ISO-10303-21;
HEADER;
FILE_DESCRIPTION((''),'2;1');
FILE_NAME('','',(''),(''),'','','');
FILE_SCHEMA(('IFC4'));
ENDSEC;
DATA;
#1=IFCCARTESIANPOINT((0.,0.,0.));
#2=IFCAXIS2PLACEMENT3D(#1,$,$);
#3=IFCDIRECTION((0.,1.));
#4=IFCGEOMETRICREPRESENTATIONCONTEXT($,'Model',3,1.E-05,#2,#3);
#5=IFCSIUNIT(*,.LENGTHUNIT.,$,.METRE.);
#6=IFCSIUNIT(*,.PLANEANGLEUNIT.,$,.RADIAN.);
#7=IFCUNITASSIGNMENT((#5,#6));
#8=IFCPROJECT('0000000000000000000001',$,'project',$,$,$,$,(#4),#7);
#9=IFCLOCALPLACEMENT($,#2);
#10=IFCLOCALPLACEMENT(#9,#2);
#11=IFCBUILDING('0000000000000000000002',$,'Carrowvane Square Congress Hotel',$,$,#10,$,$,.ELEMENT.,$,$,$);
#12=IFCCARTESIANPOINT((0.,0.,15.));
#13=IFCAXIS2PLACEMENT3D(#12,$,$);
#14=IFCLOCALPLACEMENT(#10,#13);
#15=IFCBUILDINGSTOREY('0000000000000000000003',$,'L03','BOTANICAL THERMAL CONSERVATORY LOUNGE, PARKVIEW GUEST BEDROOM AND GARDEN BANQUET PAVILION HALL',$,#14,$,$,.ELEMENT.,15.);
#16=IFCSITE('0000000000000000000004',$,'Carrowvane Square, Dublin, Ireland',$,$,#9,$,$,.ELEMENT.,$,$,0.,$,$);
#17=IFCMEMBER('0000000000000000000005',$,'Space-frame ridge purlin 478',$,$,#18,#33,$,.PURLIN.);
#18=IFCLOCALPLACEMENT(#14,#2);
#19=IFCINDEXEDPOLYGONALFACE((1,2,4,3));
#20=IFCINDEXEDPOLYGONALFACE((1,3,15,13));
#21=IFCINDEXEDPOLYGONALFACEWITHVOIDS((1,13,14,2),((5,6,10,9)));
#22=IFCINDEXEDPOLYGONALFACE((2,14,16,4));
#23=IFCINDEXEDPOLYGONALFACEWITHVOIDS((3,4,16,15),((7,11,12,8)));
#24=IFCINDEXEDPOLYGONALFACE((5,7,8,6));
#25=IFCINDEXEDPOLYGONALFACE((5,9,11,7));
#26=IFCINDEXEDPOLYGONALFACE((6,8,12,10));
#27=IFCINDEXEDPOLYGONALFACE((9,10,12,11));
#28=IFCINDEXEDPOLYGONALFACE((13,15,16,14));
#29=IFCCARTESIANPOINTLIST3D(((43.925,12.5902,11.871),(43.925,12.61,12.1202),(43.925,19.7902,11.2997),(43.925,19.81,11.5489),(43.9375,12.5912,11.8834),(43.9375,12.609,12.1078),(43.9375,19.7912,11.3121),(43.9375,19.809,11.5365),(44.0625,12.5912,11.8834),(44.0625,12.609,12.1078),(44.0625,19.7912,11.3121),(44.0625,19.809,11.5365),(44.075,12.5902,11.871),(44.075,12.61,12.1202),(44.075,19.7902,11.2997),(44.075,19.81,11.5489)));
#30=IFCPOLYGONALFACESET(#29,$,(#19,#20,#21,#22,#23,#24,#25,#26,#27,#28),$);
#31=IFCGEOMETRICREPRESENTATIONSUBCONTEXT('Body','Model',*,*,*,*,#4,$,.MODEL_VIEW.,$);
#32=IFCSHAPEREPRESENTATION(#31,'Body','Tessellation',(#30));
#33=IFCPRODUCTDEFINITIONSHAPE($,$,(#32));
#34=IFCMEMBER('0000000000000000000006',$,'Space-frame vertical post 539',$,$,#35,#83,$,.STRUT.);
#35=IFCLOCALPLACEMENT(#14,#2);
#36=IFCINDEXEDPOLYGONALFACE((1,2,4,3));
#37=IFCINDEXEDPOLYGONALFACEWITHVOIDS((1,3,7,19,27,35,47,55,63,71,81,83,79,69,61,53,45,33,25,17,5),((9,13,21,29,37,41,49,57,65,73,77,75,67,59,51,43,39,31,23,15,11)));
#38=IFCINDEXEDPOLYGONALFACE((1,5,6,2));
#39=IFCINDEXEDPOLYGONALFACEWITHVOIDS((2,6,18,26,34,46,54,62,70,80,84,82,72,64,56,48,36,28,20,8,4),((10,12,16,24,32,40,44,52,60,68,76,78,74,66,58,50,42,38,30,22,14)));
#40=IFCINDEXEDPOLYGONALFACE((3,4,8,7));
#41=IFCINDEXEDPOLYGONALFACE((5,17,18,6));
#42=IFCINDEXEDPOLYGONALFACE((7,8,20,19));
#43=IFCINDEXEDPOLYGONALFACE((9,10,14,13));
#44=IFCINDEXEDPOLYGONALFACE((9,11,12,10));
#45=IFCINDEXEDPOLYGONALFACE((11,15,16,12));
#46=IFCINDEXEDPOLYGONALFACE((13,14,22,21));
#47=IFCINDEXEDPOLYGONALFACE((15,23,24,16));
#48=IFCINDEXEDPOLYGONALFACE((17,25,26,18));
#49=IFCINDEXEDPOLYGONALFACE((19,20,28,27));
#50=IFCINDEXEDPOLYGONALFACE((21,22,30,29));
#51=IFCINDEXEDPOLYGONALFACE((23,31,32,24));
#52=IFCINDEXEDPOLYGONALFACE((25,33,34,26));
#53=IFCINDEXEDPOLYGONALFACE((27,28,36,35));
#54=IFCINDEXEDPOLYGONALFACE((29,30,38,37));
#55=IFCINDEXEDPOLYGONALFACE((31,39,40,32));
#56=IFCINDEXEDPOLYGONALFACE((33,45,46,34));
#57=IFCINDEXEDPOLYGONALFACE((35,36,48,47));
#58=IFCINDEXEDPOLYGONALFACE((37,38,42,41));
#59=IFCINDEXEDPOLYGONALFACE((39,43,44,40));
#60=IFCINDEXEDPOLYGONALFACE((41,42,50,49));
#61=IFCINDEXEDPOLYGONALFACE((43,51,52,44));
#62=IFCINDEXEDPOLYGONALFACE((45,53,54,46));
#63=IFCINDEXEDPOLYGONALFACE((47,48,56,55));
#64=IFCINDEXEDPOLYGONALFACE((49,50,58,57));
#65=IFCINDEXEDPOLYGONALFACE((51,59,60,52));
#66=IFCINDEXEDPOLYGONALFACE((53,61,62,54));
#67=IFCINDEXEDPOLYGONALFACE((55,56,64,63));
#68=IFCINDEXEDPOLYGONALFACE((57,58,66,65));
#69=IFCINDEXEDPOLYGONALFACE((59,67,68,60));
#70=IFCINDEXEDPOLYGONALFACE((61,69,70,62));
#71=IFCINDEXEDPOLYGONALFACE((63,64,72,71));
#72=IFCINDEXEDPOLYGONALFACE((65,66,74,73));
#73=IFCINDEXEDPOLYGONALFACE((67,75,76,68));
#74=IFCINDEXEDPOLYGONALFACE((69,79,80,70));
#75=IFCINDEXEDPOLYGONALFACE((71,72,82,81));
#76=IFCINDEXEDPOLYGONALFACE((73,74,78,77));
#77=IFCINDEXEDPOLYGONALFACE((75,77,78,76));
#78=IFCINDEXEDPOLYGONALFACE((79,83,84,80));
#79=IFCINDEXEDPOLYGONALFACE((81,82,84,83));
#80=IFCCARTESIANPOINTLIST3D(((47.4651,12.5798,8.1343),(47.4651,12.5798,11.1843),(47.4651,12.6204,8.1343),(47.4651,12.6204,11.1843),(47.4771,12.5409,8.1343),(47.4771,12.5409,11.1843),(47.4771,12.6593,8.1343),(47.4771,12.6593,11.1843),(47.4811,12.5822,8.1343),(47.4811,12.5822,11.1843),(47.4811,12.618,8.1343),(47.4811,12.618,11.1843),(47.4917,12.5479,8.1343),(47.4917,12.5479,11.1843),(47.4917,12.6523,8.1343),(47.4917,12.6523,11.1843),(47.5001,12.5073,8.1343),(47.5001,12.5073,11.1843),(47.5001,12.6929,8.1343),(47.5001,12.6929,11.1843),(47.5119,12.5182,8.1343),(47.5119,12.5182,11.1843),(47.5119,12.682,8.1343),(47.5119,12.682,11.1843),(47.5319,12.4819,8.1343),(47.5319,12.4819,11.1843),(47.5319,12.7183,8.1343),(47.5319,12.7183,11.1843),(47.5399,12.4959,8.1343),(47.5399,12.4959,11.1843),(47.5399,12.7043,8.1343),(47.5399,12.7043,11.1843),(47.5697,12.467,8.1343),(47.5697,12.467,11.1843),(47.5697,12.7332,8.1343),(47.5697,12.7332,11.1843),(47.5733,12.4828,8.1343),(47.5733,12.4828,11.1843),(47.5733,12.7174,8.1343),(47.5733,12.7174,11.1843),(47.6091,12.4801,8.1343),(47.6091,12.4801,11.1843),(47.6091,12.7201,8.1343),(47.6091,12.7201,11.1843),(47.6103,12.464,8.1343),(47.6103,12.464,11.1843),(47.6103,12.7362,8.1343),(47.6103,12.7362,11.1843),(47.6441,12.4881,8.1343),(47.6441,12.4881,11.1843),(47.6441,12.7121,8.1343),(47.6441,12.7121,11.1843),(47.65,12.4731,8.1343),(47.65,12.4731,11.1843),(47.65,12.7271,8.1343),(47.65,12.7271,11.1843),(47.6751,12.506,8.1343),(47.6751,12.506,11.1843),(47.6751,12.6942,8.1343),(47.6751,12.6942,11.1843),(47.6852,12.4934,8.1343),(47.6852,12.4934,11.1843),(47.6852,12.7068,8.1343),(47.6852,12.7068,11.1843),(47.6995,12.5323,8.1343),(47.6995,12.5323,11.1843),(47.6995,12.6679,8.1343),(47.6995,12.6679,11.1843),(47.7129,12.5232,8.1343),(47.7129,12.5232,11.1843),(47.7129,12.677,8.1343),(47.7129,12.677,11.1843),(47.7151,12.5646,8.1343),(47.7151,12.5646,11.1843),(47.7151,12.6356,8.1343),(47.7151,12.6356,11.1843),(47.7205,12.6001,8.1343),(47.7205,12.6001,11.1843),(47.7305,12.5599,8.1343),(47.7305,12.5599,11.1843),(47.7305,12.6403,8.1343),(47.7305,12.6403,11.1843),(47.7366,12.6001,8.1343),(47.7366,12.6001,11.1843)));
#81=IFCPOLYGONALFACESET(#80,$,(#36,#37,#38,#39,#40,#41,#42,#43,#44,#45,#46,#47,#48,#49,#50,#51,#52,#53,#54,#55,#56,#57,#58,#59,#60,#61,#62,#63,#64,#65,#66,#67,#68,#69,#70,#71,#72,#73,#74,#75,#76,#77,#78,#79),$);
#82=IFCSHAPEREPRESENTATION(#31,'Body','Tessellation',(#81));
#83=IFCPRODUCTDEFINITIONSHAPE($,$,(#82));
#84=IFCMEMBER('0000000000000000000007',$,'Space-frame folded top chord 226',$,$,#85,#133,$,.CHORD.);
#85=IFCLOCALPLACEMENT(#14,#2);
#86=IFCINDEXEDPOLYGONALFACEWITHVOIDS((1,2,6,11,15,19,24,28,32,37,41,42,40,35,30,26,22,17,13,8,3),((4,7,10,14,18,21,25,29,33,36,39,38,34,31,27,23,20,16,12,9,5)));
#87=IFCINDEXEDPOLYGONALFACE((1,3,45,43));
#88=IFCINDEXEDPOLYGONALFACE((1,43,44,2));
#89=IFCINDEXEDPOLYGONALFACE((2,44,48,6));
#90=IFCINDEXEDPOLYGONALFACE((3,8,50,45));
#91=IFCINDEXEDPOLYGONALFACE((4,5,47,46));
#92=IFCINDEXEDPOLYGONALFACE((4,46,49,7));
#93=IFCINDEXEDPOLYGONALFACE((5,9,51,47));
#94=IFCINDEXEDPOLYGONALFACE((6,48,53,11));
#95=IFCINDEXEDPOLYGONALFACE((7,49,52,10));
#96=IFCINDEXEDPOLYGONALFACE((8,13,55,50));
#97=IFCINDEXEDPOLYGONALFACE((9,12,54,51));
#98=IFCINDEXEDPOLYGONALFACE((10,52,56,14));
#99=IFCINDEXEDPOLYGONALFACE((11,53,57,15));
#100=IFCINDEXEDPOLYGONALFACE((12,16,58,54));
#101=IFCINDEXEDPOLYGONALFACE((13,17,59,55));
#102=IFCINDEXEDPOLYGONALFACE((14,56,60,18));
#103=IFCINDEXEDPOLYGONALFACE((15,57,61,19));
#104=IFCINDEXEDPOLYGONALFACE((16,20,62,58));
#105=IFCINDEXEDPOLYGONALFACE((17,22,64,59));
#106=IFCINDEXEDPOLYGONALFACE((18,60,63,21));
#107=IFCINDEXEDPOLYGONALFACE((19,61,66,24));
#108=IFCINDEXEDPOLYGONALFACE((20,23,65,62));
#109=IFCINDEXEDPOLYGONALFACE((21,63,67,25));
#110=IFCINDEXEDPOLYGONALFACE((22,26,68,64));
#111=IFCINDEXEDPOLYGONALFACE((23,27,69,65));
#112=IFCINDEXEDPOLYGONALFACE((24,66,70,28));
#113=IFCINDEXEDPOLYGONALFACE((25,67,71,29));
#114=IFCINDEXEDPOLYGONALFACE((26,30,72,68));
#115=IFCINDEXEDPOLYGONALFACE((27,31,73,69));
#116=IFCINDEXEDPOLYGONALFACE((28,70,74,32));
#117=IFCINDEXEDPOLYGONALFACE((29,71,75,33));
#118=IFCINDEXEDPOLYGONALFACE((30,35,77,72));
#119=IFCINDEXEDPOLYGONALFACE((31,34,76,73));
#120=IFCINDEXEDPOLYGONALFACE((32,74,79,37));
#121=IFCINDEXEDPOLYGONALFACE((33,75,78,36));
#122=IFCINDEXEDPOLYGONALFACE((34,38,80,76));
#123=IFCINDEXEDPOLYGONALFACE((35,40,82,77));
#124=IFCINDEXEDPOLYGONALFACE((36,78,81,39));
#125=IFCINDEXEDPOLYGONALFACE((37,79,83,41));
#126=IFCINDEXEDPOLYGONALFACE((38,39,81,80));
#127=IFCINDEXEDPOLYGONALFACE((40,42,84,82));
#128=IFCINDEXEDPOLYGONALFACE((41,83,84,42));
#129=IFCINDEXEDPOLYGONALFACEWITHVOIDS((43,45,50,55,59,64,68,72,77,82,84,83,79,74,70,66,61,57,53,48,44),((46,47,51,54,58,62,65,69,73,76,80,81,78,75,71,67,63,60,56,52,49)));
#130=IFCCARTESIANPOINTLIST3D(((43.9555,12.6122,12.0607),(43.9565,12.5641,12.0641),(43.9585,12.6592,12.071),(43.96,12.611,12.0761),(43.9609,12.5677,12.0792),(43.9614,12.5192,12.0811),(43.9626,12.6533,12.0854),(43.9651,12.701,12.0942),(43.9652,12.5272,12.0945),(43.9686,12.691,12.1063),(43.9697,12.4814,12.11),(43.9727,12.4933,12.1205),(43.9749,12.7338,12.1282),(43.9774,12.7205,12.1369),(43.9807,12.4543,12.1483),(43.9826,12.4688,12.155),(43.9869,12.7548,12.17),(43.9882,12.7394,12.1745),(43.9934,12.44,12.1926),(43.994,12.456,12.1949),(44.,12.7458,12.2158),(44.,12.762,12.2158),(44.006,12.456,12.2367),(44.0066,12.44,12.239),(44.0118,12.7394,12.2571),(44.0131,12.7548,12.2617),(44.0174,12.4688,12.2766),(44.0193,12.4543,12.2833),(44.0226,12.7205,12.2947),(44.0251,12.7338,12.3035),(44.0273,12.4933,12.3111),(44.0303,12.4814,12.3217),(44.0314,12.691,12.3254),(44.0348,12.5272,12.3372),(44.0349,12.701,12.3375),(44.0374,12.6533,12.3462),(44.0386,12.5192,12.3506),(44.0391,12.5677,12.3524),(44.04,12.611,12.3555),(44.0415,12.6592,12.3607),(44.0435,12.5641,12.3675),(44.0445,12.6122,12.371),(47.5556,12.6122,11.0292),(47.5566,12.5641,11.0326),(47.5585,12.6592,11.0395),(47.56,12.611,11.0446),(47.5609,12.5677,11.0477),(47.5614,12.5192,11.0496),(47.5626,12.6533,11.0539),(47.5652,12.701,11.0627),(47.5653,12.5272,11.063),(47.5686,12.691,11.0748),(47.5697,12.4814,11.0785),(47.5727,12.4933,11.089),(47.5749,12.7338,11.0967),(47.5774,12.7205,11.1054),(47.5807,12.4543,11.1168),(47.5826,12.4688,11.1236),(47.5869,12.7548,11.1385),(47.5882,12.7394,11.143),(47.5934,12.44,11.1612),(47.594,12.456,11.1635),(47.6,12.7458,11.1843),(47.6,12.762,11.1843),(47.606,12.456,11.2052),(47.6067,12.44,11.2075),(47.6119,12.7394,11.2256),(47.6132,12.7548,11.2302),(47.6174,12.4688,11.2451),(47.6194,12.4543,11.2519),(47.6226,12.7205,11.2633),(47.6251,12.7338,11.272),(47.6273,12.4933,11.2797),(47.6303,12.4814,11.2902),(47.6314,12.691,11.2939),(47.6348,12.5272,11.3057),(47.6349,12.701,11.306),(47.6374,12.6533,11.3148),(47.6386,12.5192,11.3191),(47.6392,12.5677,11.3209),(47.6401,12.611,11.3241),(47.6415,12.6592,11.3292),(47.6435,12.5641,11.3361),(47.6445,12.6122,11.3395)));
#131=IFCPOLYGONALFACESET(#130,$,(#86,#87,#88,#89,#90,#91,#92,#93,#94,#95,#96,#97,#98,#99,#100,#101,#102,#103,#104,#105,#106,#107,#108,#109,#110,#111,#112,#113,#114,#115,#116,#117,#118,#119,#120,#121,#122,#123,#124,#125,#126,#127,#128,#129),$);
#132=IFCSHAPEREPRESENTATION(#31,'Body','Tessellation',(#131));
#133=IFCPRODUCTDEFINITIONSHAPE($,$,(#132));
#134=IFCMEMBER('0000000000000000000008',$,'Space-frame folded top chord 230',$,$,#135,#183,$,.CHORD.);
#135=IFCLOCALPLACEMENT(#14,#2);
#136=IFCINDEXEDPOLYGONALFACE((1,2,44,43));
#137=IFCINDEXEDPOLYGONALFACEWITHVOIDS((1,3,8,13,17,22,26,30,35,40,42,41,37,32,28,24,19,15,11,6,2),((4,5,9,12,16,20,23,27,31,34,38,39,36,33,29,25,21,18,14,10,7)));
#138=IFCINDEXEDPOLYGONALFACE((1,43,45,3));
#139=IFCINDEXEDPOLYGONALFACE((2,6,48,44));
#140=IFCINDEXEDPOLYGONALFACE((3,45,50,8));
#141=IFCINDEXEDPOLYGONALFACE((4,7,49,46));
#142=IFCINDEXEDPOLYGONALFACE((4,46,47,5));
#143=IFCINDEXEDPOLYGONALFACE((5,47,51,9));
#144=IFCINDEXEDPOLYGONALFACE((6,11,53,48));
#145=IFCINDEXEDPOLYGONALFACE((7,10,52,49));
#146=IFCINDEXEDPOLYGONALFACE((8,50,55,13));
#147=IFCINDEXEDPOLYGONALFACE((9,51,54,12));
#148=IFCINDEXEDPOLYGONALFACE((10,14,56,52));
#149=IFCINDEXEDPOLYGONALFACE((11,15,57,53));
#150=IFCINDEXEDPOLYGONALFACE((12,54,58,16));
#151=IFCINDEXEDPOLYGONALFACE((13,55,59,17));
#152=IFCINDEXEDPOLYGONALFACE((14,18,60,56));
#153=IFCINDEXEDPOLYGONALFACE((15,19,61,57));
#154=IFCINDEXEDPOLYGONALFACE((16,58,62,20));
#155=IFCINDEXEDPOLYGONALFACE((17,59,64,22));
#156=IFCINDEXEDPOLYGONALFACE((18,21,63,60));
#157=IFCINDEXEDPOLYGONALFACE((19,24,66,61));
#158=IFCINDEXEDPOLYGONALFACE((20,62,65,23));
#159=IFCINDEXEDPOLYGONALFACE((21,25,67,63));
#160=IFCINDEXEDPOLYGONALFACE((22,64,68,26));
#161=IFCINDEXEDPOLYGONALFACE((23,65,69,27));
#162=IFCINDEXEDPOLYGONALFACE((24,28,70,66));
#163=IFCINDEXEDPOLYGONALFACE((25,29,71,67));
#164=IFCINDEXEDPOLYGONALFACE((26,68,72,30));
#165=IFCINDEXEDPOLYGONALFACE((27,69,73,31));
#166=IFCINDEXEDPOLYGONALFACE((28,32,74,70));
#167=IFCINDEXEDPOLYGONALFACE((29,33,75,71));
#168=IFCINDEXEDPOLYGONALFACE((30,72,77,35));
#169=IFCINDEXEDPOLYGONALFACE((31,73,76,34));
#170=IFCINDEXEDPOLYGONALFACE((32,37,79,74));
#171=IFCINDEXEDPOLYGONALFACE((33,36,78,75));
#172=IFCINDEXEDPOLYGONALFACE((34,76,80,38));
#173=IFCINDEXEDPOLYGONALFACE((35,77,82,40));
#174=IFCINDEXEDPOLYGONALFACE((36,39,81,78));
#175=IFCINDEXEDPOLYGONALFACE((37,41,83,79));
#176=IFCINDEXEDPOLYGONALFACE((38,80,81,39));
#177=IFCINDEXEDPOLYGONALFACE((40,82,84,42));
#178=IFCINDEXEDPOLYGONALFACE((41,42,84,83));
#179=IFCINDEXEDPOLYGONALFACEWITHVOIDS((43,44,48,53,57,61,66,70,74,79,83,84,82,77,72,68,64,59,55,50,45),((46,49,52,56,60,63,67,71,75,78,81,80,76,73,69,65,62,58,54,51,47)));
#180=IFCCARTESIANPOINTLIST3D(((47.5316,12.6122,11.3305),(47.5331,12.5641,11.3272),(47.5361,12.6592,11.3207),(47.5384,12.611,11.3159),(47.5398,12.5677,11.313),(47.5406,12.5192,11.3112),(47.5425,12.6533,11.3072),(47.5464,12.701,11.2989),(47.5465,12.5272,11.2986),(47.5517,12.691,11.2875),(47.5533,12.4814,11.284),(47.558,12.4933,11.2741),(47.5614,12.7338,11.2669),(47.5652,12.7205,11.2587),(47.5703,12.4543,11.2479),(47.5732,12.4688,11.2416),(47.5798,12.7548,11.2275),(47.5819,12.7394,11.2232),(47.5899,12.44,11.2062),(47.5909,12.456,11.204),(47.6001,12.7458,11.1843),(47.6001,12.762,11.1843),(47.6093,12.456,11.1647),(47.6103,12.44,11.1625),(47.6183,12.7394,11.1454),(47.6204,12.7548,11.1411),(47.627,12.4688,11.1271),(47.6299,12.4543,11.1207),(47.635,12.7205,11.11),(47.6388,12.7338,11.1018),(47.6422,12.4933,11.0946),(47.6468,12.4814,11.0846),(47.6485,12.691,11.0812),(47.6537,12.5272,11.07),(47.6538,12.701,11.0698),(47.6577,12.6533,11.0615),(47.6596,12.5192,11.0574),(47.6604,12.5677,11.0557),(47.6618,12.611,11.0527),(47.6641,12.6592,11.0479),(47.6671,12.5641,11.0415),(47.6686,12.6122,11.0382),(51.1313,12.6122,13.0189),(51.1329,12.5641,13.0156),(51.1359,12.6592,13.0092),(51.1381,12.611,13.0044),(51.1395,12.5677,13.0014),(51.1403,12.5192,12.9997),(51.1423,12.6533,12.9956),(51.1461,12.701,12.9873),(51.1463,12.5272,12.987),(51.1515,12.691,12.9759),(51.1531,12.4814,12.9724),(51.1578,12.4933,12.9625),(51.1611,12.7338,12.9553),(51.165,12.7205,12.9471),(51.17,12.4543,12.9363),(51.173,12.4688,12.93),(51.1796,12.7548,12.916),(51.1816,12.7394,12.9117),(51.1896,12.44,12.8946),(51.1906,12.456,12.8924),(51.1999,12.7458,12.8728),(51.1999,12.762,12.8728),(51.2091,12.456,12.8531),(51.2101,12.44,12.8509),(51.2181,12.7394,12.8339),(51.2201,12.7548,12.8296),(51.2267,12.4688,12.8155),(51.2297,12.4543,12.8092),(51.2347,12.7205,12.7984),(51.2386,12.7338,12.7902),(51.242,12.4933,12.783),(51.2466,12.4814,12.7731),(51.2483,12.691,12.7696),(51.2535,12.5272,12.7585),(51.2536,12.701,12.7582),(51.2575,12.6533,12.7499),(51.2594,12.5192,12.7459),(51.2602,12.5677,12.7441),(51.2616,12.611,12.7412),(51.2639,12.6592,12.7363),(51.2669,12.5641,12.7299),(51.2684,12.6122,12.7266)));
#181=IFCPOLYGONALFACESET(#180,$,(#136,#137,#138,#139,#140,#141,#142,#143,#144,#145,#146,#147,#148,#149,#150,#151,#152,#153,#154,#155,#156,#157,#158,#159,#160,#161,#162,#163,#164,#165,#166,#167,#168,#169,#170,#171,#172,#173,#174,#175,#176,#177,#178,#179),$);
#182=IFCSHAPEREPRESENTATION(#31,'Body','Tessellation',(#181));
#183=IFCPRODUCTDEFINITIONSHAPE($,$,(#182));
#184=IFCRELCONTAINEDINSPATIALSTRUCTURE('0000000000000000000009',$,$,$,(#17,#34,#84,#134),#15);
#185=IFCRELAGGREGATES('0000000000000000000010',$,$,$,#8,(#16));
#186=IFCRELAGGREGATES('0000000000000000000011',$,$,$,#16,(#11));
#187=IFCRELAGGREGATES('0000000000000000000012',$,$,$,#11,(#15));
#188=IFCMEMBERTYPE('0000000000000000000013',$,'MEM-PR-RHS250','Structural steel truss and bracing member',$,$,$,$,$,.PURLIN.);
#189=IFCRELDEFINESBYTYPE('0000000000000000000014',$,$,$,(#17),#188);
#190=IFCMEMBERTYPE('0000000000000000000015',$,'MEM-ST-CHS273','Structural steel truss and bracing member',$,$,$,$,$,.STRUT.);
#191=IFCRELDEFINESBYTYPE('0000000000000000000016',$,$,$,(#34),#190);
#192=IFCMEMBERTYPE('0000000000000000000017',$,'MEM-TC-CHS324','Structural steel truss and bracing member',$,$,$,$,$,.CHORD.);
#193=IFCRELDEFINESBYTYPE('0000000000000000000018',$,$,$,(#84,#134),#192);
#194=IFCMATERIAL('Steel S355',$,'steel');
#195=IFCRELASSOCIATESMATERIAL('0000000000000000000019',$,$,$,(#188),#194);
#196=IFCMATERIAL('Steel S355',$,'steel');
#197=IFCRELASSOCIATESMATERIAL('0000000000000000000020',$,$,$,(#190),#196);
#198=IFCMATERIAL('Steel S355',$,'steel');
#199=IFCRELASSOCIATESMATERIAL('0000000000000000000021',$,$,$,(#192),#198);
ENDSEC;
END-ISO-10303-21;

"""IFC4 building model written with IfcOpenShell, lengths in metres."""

from ifc_helpers import new_model, si_unit, direction, frame, origin, origin_2d, place, context, subcontext, project, spatial, hollow_rectangle, hollow_circle, extrude, material, material_profile, profile_set, type_object, element, save


model = new_model("IFC4")

# Units and contexts
model_context = context("Model", 3, precision=1e-05, world=origin(), true_north=direction((0.0, 1.0)))
body_context = subcontext(model_context, "Body", "Model", "MODEL_VIEW")
ifc_project = project(units=[si_unit("LENGTHUNIT", "METRE"), si_unit("PLANEANGLEUNIT", "RADIAN")], contexts=[model_context])

# Site, building, storey
site_placement = place(None, origin())
site = spatial("IfcSite", under=ifc_project, at=site_placement, Name="Carrowvane Square, Dublin, Ireland", CompositionType="ELEMENT", RefElevation=0.0)
building_placement = place(site_placement, origin())
building = spatial("IfcBuilding", under=site, at=building_placement, Name="Carrowvane Square Congress Hotel", CompositionType="ELEMENT")
storey_placement = place(building_placement, frame((0.0, 0.0, 15.0)))
storey = spatial("IfcBuildingStorey", under=building, at=storey_placement, Name="L03", Description="BOTANICAL THERMAL CONSERVATORY LOUNGE, PARKVIEW GUEST BEDROOM AND GARDEN BANQUET PAVILION HALL", CompositionType="ELEMENT", Elevation=15.0)

# Members
ifc_material_1 = material(Name="Steel S355", Category="steel")
ifc_material_profile_1 = material_profile(ifc_material_1, hollow_rectangle(XDim=0.1499, YDim=0.25, WallThickness=0.0125, at=origin_2d()), Name="RHS 250x150x12.5")
ifc_profile_set_1 = profile_set([ifc_material_profile_1], Name="Steel S355")
member_type_1 = type_object("IfcMemberType", Name="MEM-PR-RHS250", Description="Structural steel truss and bracing member", PredefinedType="PURLIN", material=ifc_profile_set_1)
member_1_placement = place(storey_placement, frame((44.0, 12.6001, 11.9956), z_axis=(0.0, 0.996867, -0.079098), x_axis=(-1.0, 0.0, 0.0)))
element("IfcMember", 1, at=member_1_placement, inside=storey, type_object=member_type_1, Name="Space-frame ridge purlin 478", PredefinedType="PURLIN", context=body_context, shape_type="SweptSolid", body=[
    extrude(hollow_rectangle(XDim=0.1499, YDim=0.25, WallThickness=0.0125, at=origin_2d()), origin(), (0.0, 0.0, 1.0), 7.2227),
])
ifc_material_2 = material(Name="Steel S355", Category="steel")
ifc_material_profile_2 = material_profile(ifc_material_2, hollow_circle(Radius=0.1365, WallThickness=0.0161, at=origin_2d()), Name="CHS 273.0x16")
ifc_profile_set_2 = profile_set([ifc_material_profile_2], Name="Steel S355")
member_type_2 = type_object("IfcMemberType", Name="MEM-ST-CHS273", Description="Structural steel truss and bracing member", PredefinedType="STRUT", material=ifc_profile_set_2)
member_2_placement = place(storey_placement, frame((47.6001, 12.6001, 8.1343), z_axis=(0.0, 0.0, 1.0), x_axis=(1.0, 0.0, 0.0)))
element("IfcMember", 2, at=member_2_placement, inside=storey, type_object=member_type_2, Name="Space-frame vertical post 539", PredefinedType="STRUT", context=body_context, shape_type="SweptSolid", body=[
    extrude(hollow_circle(Radius=0.1365, WallThickness=0.0161, at=origin_2d()), origin(), (0.0, 0.0, 1.0), 3.05),
])
ifc_material_3 = material(Name="Steel S355", Category="steel")
ifc_material_profile_3 = material_profile(ifc_material_3, hollow_circle(Radius=0.1619, WallThickness=0.0161, at=origin_2d()), Name="CHS 323.9x16")
ifc_profile_set_3 = profile_set([ifc_material_profile_3], Name="Steel S355")
member_type_3 = type_object("IfcMemberType", Name="MEM-TC-CHS324", Description="Structural steel truss and bracing member", PredefinedType="CHORD", material=ifc_profile_set_3)
member_3_placement = place(storey_placement, frame((44.0, 12.6001, 12.2158), z_axis=(0.961319, 0.0, -0.275436), x_axis=(0.0, 1.0, 0.0)))
element("IfcMember", 3, at=member_3_placement, inside=storey, type_object=member_type_3, Name="Space-frame folded top chord 226", PredefinedType="CHORD", context=body_context, shape_type="SweptSolid", body=[
    extrude(hollow_circle(Radius=0.1619, WallThickness=0.0161, at=origin_2d()), origin(), (0.0, 0.0, 1.0), 3.7449),
])
member_4_placement = place(storey_placement, frame((47.6001, 12.6001, 11.1843), z_axis=(0.905358, 0.0, 0.424649), x_axis=(0.0, 1.0, 0.0)))
element("IfcMember", 4, at=member_4_placement, inside=storey, type_object=member_type_3, Name="Space-frame folded top chord 230", PredefinedType="CHORD", context=body_context, shape_type="SweptSolid", body=[
    extrude(hollow_circle(Radius=0.1619, WallThickness=0.0161, at=origin_2d()), origin(), (0.0, 0.0, 1.0), 3.9761),
])

save(model, "model.ifc")
